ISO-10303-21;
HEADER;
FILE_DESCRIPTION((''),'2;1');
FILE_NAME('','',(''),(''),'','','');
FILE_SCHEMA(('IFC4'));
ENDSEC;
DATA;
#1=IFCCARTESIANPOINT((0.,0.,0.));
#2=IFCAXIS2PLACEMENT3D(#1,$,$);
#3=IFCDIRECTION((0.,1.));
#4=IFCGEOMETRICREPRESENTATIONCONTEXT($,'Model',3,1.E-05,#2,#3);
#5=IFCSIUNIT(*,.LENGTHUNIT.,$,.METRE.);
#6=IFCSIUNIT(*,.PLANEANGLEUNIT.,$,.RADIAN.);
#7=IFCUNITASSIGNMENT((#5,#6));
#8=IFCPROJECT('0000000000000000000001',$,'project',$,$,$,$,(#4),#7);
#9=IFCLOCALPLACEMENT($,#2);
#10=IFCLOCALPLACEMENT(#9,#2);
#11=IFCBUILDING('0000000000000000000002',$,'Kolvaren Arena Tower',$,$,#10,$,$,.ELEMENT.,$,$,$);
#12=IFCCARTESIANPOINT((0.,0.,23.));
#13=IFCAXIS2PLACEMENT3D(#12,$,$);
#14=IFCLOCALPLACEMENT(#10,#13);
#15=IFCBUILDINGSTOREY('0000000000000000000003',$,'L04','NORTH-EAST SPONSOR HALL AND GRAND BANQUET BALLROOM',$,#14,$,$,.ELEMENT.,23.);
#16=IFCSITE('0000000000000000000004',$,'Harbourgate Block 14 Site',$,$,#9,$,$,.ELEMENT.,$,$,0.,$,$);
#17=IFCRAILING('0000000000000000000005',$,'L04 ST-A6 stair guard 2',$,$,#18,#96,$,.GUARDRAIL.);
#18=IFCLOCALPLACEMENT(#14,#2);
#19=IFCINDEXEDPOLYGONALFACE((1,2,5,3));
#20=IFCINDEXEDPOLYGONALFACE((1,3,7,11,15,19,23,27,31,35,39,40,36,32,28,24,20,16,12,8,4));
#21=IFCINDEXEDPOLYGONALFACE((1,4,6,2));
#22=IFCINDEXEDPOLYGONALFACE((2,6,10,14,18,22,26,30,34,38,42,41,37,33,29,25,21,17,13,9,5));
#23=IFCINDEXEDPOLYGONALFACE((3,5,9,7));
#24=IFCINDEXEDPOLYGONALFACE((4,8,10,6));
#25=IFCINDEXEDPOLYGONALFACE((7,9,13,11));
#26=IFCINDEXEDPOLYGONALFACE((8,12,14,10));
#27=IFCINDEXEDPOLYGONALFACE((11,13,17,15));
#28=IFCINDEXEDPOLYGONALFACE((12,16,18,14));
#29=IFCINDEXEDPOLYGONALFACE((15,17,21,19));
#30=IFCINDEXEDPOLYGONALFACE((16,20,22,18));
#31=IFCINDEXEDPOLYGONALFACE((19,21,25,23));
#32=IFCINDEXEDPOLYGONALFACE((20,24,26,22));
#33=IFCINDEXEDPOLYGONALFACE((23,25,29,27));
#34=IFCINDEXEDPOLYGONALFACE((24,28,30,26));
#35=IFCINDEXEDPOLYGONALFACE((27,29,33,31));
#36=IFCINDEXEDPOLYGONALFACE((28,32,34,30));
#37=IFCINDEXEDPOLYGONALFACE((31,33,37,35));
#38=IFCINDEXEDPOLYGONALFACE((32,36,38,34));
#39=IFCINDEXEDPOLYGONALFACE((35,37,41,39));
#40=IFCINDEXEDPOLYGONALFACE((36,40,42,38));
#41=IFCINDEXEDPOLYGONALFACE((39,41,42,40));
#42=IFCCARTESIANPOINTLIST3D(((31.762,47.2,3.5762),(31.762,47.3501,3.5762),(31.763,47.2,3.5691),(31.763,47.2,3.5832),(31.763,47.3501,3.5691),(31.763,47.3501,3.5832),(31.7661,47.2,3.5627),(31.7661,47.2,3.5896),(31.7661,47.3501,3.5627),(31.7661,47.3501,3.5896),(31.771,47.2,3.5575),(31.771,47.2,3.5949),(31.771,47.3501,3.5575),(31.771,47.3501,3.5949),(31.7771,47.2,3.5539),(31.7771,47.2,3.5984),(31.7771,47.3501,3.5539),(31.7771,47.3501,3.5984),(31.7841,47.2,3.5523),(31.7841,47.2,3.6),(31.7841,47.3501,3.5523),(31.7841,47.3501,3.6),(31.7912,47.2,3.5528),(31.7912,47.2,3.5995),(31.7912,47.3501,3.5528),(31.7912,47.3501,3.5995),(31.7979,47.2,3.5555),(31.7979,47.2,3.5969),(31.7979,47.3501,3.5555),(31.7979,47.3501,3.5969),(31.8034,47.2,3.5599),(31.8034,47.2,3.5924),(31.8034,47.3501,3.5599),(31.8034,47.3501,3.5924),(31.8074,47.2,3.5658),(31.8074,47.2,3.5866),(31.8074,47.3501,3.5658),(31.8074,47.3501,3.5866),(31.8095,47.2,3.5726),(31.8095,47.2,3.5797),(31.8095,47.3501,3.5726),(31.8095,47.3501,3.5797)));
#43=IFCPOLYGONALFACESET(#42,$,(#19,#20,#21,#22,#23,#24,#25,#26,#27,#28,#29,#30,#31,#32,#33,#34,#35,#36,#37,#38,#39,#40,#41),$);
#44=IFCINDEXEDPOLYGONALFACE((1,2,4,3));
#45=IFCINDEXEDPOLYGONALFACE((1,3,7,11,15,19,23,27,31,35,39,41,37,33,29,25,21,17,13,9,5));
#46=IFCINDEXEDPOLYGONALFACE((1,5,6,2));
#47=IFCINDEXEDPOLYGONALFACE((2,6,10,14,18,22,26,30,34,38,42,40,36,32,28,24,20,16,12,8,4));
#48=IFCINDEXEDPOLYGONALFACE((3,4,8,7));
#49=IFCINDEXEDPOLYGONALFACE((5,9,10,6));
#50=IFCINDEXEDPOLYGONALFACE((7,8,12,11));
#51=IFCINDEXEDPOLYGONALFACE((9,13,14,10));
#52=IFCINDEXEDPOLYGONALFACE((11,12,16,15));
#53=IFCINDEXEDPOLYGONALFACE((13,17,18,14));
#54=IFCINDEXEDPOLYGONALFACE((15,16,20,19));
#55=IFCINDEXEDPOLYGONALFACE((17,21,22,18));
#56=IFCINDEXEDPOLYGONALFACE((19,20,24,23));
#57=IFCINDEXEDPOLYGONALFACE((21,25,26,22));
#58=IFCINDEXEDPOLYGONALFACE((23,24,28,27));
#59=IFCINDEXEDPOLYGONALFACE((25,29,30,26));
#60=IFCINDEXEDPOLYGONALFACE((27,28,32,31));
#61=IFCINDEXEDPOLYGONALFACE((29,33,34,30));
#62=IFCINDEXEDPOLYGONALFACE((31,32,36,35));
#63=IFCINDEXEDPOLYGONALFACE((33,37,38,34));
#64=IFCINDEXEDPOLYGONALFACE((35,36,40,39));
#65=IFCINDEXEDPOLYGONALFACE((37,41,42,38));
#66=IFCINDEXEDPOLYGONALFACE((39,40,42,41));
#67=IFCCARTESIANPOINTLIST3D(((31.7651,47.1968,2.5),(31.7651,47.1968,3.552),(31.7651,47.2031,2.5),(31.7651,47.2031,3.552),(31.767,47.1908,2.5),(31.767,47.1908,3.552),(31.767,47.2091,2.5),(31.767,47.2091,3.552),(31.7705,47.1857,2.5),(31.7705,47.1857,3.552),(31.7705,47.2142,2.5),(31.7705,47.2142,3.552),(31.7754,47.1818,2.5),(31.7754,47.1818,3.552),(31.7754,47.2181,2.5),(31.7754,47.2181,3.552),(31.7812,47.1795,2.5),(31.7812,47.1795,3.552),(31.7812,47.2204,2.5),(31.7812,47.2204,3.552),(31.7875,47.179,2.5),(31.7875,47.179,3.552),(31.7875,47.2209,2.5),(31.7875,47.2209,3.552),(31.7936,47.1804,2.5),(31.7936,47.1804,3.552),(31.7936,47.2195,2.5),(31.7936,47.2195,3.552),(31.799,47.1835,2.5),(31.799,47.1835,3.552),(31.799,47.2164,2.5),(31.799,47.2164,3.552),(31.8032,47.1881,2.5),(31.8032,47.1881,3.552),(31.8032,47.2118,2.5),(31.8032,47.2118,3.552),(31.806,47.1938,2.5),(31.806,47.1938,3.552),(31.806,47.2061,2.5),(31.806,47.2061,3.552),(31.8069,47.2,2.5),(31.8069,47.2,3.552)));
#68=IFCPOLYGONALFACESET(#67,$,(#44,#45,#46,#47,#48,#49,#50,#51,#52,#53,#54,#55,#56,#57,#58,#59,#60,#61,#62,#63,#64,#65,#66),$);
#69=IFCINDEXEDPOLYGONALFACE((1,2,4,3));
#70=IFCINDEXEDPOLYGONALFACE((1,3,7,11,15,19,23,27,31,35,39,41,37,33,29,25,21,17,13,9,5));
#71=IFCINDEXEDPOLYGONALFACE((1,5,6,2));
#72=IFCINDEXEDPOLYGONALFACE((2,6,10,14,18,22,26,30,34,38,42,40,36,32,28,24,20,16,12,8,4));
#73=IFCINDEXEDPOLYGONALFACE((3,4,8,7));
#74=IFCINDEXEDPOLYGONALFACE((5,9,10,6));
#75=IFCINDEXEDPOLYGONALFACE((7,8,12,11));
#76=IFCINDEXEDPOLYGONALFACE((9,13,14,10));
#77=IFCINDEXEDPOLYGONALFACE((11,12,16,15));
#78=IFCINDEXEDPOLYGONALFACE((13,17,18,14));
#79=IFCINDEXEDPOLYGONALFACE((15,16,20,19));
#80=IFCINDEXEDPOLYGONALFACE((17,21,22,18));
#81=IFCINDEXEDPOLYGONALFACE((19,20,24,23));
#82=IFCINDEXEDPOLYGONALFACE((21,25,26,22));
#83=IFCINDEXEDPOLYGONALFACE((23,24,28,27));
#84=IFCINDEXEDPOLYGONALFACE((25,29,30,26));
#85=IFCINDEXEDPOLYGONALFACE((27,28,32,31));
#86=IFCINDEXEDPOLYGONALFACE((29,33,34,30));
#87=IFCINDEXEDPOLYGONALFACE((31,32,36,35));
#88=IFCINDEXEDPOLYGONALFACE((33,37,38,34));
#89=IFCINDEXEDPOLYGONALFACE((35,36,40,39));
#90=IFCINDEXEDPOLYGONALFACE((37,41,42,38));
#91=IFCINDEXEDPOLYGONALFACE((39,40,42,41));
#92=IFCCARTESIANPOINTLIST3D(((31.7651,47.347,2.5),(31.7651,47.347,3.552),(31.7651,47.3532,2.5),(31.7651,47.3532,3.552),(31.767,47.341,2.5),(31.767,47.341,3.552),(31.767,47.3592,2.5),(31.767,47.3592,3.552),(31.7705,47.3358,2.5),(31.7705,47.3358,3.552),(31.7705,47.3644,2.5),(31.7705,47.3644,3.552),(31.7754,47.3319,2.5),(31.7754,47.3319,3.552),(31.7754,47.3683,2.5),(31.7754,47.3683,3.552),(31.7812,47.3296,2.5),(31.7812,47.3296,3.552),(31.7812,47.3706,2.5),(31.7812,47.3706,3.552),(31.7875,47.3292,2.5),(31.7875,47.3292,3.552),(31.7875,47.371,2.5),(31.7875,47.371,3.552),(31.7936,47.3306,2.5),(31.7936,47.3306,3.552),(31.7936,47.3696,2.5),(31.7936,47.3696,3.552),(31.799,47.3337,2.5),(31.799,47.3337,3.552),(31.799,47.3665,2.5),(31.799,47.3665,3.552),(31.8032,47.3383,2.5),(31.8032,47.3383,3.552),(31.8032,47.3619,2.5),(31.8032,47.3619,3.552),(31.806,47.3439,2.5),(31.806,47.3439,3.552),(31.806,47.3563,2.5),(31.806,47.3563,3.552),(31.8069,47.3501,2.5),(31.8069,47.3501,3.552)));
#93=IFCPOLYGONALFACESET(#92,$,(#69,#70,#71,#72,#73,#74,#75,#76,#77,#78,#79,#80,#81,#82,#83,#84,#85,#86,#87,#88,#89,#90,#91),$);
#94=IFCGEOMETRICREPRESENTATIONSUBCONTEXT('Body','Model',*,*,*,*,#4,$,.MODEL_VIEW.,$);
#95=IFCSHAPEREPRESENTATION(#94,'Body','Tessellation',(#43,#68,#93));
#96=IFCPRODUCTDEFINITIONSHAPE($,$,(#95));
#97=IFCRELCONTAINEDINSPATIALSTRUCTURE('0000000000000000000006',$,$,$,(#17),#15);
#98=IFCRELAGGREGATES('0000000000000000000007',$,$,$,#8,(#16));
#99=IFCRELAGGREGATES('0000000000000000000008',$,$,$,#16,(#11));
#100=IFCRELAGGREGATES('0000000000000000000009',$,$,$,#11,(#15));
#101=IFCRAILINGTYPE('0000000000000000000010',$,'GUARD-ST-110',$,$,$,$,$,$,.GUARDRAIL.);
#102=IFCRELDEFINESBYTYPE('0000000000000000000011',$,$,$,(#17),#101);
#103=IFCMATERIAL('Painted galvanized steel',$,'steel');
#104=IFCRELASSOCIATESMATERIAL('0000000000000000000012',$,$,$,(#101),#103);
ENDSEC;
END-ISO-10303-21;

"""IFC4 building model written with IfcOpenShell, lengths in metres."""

from ifc_helpers import new_model, si_unit, direction, frame, origin, origin_2d, place, context, subcontext, project, spatial, circle, extrude, material, type_object, element, save


model = new_model("IFC4")

# Units and contexts
model_context = context("Model", 3, precision=1e-05, world=origin(), true_north=direction((0.0, 1.0)))
body_context = subcontext(model_context, "Body", "Model", "MODEL_VIEW")
ifc_project = project(units=[si_unit("LENGTHUNIT", "METRE"), si_unit("PLANEANGLEUNIT", "RADIAN")], contexts=[model_context])

# Site, building, storey
site_placement = place(None, origin())
site = spatial("IfcSite", under=ifc_project, at=site_placement, Name="Harbourgate Block 14 Site", CompositionType="ELEMENT", RefElevation=0.0)
building_placement = place(site_placement, origin())
building = spatial("IfcBuilding", under=site, at=building_placement, Name="Kolvaren Arena Tower", CompositionType="ELEMENT")
storey_placement = place(building_placement, frame((0.0, 0.0, 23.0)))
storey = spatial("IfcBuildingStorey", under=building, at=storey_placement, Name="L04", Description="NORTH-EAST SPONSOR HALL AND GRAND BANQUET BALLROOM", CompositionType="ELEMENT", Elevation=23.0)

# Railing
ifc_material_1 = material(Name="Painted galvanized steel", Category="steel")
railing_type_1 = type_object("IfcRailingType", Name="GUARD-ST-110", PredefinedType="GUARDRAIL", material=ifc_material_1)
railing_1_placement = place(storey_placement, frame((31.7859, 47.2, 2.5)))
element("IfcRailing", 1, at=railing_1_placement, inside=storey, type_object=railing_type_1, Name="L04 ST-A6 stair guard 2", PredefinedType="GUARDRAIL", context=body_context, shape_type="SweptSolid", body=[
    extrude(circle(Radius=0.0239, at=origin_2d()), frame((0.0, 0.0, 1.0762), z_axis=(0.0, 1.0, 0.0), x_axis=(-1.0, 0.0, 0.0)), (0.0, 0.0, 1.0), 0.1501),
    extrude(circle(Radius=0.021, at=origin_2d()), origin(), (0.0, 0.0, 1.0), 1.052),
    extrude(circle(Radius=0.021, at=origin_2d()), frame((0.0, 0.1501, 0.0)), (0.0, 0.0, 1.0), 1.052),
])

save(model, "model.ifc")
